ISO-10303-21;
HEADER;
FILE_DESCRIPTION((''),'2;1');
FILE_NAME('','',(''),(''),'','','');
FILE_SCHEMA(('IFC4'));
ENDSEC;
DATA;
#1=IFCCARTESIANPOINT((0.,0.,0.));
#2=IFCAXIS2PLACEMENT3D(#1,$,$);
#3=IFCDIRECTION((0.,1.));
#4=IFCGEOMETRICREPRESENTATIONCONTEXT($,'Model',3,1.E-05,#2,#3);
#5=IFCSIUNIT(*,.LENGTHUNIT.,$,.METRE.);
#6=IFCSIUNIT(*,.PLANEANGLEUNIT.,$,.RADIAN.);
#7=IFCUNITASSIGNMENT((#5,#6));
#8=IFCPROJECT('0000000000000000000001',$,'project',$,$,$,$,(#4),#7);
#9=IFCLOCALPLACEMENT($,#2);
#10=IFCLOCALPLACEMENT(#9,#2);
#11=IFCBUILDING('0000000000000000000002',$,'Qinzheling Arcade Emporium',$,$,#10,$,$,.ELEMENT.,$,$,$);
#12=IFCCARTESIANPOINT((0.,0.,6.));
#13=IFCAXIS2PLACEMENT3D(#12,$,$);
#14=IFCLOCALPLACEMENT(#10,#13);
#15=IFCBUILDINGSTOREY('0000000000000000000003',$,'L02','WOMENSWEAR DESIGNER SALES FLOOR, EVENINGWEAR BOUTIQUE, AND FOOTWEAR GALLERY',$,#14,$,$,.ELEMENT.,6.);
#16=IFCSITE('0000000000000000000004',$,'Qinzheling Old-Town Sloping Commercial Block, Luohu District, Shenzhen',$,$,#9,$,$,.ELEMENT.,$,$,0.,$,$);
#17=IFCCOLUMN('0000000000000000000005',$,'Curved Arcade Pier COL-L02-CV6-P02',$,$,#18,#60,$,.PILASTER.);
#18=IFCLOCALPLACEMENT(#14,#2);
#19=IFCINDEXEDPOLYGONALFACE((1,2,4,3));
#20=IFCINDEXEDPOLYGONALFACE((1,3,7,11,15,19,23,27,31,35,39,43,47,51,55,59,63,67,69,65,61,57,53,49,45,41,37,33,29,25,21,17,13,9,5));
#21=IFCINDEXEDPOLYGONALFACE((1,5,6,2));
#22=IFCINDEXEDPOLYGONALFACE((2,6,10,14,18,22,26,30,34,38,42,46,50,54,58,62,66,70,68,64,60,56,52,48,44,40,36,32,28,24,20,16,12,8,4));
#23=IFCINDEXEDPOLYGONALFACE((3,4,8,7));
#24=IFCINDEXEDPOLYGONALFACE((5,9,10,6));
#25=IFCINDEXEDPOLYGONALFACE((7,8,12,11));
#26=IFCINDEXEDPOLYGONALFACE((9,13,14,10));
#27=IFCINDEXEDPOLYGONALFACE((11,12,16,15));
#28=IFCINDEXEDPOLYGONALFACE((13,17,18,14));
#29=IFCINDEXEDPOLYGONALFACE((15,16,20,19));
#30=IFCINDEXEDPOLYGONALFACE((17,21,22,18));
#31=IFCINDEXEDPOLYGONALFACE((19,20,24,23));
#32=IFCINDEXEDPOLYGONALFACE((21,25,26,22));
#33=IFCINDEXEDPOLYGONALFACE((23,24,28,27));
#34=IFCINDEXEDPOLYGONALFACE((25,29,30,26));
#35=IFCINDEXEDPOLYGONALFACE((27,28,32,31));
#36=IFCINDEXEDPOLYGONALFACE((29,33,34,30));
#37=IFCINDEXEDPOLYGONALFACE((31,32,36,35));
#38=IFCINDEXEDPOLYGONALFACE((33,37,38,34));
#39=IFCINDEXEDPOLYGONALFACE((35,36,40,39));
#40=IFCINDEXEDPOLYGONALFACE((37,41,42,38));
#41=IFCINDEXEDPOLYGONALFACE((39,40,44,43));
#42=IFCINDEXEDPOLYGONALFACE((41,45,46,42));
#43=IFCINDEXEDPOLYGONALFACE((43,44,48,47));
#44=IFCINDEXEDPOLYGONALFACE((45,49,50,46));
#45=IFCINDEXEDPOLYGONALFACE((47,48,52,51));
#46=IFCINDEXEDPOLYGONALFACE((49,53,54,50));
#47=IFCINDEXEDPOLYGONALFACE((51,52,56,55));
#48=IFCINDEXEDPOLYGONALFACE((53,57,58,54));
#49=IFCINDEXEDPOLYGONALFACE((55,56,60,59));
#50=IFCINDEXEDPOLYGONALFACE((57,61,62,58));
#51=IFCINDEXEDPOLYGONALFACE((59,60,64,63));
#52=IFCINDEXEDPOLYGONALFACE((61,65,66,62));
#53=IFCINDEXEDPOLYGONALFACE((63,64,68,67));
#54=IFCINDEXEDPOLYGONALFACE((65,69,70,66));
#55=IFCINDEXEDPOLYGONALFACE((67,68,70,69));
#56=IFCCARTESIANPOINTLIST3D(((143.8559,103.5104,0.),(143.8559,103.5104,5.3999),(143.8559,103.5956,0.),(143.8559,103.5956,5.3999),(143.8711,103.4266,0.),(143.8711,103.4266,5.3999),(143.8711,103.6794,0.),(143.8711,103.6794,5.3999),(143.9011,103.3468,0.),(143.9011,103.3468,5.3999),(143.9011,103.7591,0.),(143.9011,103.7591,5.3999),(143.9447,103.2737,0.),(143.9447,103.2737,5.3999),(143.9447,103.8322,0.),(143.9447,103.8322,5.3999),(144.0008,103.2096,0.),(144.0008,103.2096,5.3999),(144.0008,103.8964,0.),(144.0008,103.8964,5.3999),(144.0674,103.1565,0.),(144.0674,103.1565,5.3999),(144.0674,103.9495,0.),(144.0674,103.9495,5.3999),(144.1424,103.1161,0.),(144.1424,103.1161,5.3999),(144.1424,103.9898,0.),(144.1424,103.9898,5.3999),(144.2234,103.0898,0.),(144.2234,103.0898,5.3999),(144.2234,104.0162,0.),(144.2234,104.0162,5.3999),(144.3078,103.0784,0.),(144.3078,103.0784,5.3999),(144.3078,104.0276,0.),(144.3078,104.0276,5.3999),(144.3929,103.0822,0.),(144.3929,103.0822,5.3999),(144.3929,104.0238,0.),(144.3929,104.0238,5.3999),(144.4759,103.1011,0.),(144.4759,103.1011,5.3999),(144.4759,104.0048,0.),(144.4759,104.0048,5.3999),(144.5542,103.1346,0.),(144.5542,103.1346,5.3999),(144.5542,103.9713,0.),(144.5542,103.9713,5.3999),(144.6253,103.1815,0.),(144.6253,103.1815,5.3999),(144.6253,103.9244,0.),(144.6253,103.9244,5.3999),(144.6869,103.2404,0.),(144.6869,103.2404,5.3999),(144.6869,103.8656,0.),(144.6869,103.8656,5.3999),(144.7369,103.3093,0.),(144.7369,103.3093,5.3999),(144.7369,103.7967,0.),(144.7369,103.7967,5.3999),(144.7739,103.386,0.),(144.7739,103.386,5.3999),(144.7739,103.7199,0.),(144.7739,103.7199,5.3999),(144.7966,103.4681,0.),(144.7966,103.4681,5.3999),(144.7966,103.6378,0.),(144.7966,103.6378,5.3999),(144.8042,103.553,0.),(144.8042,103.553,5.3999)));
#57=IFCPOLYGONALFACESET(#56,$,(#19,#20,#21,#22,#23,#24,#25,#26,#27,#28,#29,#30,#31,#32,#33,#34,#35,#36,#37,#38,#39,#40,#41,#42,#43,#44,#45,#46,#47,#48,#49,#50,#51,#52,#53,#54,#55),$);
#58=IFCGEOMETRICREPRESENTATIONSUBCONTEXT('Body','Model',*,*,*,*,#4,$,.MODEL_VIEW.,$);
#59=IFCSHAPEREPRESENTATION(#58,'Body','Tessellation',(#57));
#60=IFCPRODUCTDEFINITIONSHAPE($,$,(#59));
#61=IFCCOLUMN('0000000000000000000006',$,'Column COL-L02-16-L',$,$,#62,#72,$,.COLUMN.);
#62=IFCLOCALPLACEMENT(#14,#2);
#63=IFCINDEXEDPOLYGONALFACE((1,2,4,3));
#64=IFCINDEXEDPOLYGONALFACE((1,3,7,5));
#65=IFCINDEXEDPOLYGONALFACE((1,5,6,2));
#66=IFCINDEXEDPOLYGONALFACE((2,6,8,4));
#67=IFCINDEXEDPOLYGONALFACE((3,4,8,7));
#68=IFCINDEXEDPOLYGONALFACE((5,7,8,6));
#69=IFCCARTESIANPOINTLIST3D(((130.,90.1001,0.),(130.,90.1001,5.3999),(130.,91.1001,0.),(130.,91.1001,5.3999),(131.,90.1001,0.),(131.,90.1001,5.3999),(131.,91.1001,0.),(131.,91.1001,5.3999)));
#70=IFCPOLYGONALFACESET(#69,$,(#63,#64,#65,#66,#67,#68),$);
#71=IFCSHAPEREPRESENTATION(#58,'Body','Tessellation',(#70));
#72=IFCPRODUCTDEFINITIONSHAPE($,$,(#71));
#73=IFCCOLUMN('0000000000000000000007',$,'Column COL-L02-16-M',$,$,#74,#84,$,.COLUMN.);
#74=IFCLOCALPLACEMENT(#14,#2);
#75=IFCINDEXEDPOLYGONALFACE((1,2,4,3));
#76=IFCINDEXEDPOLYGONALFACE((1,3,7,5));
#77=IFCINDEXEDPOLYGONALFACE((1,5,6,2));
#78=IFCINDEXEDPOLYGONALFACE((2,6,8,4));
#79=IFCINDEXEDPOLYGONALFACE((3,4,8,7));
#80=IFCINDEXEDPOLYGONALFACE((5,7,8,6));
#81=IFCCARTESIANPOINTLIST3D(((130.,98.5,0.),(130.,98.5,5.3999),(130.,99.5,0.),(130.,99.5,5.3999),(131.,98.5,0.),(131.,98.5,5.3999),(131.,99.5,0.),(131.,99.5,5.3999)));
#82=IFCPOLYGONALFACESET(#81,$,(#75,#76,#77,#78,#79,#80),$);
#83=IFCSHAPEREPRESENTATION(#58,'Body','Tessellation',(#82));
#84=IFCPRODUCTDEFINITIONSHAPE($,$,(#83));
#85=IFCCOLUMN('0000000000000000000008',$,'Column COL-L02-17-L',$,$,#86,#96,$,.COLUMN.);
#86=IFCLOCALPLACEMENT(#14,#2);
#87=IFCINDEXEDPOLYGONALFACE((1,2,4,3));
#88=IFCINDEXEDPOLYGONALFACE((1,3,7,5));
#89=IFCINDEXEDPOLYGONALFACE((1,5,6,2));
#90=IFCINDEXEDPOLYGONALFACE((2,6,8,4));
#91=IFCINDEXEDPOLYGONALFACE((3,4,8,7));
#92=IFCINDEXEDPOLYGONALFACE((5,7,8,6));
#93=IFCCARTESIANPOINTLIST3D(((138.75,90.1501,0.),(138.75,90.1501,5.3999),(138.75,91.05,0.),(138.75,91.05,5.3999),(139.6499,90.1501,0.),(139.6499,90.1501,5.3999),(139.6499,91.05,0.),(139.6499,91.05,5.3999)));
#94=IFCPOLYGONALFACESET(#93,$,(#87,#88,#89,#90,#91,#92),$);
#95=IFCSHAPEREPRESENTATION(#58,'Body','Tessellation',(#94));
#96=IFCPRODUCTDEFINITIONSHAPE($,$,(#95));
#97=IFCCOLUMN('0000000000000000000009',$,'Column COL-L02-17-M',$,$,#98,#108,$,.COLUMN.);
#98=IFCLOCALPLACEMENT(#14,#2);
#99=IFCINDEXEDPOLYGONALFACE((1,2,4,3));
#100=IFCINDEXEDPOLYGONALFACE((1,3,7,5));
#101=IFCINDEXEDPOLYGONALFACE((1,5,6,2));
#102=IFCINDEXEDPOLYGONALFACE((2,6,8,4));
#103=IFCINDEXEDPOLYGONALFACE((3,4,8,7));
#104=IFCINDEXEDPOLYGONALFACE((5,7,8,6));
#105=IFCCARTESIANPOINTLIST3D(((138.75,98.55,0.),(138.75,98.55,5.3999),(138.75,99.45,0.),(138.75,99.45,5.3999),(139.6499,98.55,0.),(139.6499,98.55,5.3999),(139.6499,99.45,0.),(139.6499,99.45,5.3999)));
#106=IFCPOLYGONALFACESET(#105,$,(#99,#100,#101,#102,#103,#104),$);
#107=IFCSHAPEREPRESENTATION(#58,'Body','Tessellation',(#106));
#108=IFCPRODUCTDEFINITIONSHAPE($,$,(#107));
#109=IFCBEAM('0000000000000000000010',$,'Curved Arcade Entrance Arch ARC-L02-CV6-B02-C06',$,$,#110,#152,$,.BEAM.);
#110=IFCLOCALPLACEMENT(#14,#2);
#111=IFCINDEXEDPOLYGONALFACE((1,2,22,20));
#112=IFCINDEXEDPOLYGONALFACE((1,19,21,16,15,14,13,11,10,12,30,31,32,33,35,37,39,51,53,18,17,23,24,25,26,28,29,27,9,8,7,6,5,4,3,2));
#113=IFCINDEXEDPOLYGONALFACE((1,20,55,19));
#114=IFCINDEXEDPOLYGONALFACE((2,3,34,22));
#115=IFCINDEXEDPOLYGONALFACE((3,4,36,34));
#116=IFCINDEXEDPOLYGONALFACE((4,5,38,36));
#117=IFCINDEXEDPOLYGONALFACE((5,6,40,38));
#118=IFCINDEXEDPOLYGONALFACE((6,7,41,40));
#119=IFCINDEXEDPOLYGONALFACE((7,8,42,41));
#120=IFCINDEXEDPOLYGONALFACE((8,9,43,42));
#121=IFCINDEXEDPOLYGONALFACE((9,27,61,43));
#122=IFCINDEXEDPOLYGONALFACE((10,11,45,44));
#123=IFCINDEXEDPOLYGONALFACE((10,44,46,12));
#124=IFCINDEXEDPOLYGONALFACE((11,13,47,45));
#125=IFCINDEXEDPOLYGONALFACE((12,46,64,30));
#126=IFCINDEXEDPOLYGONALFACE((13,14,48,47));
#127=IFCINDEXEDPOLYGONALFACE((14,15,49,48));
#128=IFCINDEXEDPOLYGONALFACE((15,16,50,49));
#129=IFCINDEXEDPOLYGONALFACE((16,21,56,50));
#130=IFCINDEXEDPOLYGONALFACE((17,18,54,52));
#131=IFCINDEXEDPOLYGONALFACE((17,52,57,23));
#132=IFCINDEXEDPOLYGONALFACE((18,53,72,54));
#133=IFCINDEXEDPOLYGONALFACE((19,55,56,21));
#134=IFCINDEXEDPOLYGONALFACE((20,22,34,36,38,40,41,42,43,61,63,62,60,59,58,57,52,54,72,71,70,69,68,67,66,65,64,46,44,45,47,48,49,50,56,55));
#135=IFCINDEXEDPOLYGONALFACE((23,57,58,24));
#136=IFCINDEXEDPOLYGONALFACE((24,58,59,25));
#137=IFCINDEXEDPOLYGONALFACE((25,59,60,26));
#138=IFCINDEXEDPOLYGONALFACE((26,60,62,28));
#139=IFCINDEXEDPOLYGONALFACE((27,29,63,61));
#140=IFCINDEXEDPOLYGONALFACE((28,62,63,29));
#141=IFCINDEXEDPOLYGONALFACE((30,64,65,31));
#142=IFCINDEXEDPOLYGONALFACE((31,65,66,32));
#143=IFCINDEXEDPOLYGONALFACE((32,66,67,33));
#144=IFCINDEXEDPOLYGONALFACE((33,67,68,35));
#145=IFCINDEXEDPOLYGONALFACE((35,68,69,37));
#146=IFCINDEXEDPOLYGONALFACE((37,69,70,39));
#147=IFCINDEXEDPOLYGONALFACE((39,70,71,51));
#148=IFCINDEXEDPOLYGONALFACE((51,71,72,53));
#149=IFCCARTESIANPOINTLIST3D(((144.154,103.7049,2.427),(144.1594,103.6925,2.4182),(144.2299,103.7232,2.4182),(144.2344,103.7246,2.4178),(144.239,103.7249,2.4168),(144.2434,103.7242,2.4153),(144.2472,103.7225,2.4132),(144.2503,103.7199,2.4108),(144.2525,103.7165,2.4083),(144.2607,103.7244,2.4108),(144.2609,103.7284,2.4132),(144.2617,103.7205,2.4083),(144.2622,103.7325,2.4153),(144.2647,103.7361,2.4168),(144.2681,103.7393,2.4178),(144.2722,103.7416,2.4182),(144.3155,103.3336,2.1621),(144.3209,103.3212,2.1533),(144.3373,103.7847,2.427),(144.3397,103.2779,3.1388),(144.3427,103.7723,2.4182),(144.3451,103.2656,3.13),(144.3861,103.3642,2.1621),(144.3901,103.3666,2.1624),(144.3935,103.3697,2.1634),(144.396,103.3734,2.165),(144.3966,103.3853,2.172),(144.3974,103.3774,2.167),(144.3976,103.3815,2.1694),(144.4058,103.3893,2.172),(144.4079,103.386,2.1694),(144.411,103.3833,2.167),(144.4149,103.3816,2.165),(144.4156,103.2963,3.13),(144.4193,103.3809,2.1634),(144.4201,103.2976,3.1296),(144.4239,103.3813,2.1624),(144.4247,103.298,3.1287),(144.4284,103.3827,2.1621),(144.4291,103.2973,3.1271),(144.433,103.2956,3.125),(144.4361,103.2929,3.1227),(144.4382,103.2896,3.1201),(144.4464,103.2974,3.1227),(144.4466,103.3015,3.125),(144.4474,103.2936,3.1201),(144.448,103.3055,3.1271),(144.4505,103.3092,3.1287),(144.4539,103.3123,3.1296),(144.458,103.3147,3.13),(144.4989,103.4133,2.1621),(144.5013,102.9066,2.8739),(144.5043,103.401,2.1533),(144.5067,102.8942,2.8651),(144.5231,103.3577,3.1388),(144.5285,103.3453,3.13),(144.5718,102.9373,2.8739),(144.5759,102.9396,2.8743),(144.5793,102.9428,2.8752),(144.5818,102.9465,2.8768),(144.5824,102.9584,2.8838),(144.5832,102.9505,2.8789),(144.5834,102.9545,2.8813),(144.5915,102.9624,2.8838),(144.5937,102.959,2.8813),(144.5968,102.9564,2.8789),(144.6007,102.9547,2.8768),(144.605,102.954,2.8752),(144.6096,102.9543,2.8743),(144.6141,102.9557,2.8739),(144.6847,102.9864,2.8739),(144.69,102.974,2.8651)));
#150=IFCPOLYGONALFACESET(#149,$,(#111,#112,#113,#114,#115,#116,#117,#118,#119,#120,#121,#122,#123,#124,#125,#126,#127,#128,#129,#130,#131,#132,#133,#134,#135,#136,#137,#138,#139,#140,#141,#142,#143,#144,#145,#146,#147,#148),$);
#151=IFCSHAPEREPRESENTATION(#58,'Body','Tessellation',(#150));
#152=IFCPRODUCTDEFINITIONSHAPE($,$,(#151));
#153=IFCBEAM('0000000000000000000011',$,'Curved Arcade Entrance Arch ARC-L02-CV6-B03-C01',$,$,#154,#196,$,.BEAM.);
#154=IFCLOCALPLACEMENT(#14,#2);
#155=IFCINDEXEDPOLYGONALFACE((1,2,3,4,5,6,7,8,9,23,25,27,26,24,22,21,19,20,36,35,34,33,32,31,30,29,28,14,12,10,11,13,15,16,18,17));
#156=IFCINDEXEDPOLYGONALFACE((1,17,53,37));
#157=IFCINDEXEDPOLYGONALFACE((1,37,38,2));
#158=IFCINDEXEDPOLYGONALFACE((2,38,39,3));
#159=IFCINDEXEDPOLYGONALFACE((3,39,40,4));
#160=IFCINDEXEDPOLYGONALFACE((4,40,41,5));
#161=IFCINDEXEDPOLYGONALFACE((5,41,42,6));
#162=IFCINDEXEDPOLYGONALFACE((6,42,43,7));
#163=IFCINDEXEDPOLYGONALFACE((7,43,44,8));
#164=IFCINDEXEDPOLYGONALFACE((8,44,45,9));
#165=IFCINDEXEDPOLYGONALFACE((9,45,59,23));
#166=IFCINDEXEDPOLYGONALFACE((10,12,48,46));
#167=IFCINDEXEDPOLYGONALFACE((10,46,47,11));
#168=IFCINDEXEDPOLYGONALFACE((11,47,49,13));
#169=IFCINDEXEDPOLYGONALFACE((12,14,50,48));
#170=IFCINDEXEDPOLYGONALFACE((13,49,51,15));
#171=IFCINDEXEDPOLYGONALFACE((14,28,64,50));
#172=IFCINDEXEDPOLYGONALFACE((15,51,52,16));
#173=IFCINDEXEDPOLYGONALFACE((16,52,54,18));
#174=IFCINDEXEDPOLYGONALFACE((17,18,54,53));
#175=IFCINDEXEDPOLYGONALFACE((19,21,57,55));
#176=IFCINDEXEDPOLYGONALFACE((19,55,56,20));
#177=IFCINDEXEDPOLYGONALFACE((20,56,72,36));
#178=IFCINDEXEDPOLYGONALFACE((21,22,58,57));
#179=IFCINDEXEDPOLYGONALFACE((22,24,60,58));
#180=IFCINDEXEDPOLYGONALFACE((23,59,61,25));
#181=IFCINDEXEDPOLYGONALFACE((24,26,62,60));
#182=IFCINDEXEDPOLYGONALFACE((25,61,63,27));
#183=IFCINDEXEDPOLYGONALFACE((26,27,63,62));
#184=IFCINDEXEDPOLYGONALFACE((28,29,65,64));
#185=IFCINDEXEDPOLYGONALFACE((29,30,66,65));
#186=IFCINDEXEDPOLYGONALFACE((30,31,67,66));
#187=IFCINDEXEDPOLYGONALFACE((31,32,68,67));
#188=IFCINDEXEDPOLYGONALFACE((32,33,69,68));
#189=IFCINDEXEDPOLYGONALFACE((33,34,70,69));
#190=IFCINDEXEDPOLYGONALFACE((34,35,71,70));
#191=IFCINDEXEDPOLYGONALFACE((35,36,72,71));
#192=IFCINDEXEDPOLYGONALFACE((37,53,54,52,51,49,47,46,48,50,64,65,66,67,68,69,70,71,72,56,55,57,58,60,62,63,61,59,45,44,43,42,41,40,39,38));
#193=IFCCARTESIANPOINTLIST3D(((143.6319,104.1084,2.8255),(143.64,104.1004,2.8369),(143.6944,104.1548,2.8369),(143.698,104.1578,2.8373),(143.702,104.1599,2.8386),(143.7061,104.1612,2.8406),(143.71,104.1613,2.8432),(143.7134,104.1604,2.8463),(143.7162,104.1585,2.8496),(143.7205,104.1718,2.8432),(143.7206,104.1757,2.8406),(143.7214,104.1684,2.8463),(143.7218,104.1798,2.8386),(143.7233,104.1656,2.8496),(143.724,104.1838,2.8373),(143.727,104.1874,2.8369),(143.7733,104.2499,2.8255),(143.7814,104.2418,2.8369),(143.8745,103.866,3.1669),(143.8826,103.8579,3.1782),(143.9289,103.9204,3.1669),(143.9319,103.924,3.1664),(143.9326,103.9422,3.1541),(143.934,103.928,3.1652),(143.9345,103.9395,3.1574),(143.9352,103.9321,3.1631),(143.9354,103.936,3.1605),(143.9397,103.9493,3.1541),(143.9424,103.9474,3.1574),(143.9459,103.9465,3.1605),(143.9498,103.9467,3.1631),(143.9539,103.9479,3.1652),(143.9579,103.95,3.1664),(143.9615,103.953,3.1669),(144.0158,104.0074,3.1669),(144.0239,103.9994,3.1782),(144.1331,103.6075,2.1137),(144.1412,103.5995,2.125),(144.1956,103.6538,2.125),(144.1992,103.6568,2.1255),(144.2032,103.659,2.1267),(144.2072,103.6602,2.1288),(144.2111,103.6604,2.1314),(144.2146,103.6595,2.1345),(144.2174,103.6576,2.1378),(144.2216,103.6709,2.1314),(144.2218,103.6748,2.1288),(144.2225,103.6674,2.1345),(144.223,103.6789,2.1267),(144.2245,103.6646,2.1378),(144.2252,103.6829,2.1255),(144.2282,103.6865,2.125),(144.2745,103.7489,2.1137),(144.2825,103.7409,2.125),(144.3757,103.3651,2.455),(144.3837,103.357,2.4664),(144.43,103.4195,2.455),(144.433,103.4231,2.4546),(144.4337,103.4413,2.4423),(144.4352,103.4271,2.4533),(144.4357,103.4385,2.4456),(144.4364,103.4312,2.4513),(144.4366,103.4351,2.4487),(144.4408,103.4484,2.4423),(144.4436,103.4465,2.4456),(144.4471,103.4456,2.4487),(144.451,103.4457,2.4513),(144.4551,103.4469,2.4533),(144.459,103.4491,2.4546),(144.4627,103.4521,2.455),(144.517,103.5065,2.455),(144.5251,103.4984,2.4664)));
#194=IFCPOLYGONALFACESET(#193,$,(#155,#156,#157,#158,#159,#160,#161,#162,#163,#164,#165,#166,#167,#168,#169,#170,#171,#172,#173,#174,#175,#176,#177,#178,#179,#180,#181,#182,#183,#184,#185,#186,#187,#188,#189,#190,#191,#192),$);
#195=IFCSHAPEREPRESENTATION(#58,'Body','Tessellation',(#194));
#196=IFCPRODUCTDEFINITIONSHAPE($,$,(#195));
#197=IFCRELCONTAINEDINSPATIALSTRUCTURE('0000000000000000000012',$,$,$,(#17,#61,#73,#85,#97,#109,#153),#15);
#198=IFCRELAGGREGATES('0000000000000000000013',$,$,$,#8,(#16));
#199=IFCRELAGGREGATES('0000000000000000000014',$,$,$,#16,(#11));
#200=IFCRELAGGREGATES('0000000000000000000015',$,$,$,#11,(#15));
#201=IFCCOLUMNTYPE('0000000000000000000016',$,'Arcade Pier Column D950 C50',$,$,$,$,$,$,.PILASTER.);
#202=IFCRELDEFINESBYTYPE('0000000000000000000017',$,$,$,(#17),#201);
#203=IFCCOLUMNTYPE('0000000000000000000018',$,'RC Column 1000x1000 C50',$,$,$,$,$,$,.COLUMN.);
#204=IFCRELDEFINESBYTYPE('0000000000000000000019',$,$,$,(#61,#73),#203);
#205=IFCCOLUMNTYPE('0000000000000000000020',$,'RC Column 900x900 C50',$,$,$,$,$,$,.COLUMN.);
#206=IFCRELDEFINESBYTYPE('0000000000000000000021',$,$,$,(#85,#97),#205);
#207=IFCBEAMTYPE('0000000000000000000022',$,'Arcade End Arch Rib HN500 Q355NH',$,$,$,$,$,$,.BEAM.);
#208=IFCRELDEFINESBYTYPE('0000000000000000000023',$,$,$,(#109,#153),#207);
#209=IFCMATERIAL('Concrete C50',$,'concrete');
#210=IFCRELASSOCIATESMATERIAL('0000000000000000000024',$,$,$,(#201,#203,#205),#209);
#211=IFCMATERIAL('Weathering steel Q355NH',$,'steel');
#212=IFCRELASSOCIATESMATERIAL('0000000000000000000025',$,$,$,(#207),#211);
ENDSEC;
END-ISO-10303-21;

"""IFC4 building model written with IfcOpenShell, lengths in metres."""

from ifc_helpers import new_model, si_unit, direction, frame, origin, origin_2d, place, context, subcontext, project, spatial, rectangle, circle, i_section, extrude, material, material_profile, profile_set, type_object, element, save


model = new_model("IFC4")

# Units and contexts
model_context = context("Model", 3, precision=1e-05, world=origin(), true_north=direction((0.0, 1.0)))
body_context = subcontext(model_context, "Body", "Model", "MODEL_VIEW")
ifc_project = project(units=[si_unit("LENGTHUNIT", "METRE"), si_unit("PLANEANGLEUNIT", "RADIAN")], contexts=[model_context])

# Site, building, storey
site_placement = place(None, origin())
site = spatial("IfcSite", under=ifc_project, at=site_placement, Name="Qinzheling Old-Town Sloping Commercial Block, Luohu District, Shenzhen", CompositionType="ELEMENT", RefElevation=0.0)
building_placement = place(site_placement, origin())
building = spatial("IfcBuilding", under=site, at=building_placement, Name="Qinzheling Arcade Emporium", CompositionType="ELEMENT")
storey_placement = place(building_placement, frame((0.0, 0.0, 6.0)))
storey = spatial("IfcBuildingStorey", under=building, at=storey_placement, Name="L02", Description="WOMENSWEAR DESIGNER SALES FLOOR, EVENINGWEAR BOUTIQUE, AND FOOTWEAR GALLERY", CompositionType="ELEMENT", Elevation=6.0)

# Columns
ifc_material_1 = material(Name="Concrete C50", Category="concrete")
ifc_material_profile_1 = material_profile(ifc_material_1, circle(Radius=0.4751, at=origin_2d()), Name="RC D950", Category="concrete")
ifc_profile_set_1 = profile_set([ifc_material_profile_1], Name="Concrete C50")
column_type_1 = type_object("IfcColumnType", Name="Arcade Pier Column D950 C50", PredefinedType="PILASTER", material=ifc_profile_set_1)
column_placement = place(storey_placement, frame((144.3291, 103.553, 0.0), z_axis=(0.0, 0.0, 1.0), x_axis=(1.0, 0.0, 0.0)))
element("IfcColumn", 1, at=column_placement, inside=storey, type_object=column_type_1, Name="Curved Arcade Pier COL-L02-CV6-P02", PredefinedType="PILASTER", context=body_context, shape_type="SweptSolid", body=[
    extrude(circle(Radius=0.4751, at=origin_2d()), origin(), (0.0, 0.0, 1.0), 5.3999),
])
ifc_material_profile_2 = material_profile(ifc_material_1, rectangle(XDim=1.0, YDim=1.0, at=origin_2d()), Name="RC 1000x1000", Category="concrete")
ifc_profile_set_2 = profile_set([ifc_material_profile_2], Name="Concrete C50")
column_type_2 = type_object("IfcColumnType", Name="RC Column 1000x1000 C50", PredefinedType="COLUMN", material=ifc_profile_set_2)
for number, where, z_axis, x_axis, name in (
    (2, (130.5, 90.6001, 0.0), (0.0, 0.0, 1.0), (1.0, 0.0, 0.0), "Column COL-L02-16-L"),
    (3, (130.5, 99.0, 0.0), (0.0, 0.0, 1.0), (1.0, 0.0, 0.0), "Column COL-L02-16-M"),
):
    element("IfcColumn", number, at=place(storey_placement, frame(where, z_axis=z_axis, x_axis=x_axis)), inside=storey, type_object=column_type_2, Name=name, PredefinedType="COLUMN", context=body_context, shape_type="SweptSolid", body=[
        extrude(rectangle(XDim=1.0, YDim=1.0, at=origin_2d()), origin(), (0.0, 0.0, 1.0), 5.3999),
    ])
ifc_material_profile_3 = material_profile(ifc_material_1, rectangle(XDim=0.8999, YDim=0.8999, at=origin_2d()), Name="RC 900x900", Category="concrete")
ifc_profile_set_3 = profile_set([ifc_material_profile_3], Name="Concrete C50")
column_type_3 = type_object("IfcColumnType", Name="RC Column 900x900 C50", PredefinedType="COLUMN", material=ifc_profile_set_3)
for number, where, z_axis, x_axis, name in (
    (4, (139.2, 90.6001, 0.0), (0.0, 0.0, 1.0), (1.0, 0.0, 0.0), "Column COL-L02-17-L"),
    (5, (139.2, 99.0, 0.0), (0.0, 0.0, 1.0), (1.0, 0.0, 0.0), "Column COL-L02-17-M"),
):
    element("IfcColumn", number, at=place(storey_placement, frame(where, z_axis=z_axis, x_axis=x_axis)), inside=storey, type_object=column_type_3, Name=name, PredefinedType="COLUMN", context=body_context, shape_type="SweptSolid", body=[
        extrude(rectangle(XDim=0.8999, YDim=0.8999, at=origin_2d()), origin(), (0.0, 0.0, 1.0), 5.3999),
    ])

# Beams
ifc_material_2 = material(Name="Weathering steel Q355NH", Category="steel")
ifc_material_profile_4 = material_profile(ifc_material_2, i_section(OverallWidth=0.2, OverallDepth=0.5, WebThickness=0.01, FlangeThickness=0.0161, FilletRadius=0.0181, at=origin_2d()), Name="HN 500x200x10x16", Category="steel")
ifc_profile_set_4 = profile_set([ifc_material_profile_4], Name="Weathering steel Q355NH")
beam_type_1 = type_object("IfcBeamType", Name="Arcade End Arch Rib HN500 Q355NH", PredefinedType="BEAM", material=ifc_profile_set_4)
beam_1_placement = place(storey_placement, frame((144.5149, 103.126, 3.002), z_axis=(-0.218401, 0.501949, -0.836868), x_axis=(-0.916962, -0.398975, 0.0)))
element("IfcBeam", 6, at=beam_1_placement, inside=storey, type_object=beam_type_1, Name="Curved Arcade Entrance Arch ARC-L02-CV6-B02-C06", PredefinedType="BEAM", context=body_context, shape_type="SweptSolid", body=[
    extrude(i_section(OverallWidth=0.2, OverallDepth=0.5, WebThickness=0.01, FlangeThickness=0.0161, FilletRadius=0.0181, at=origin_2d()), origin(), (0.0, 0.0, 1.0), 0.8506),
])
beam_2_placement = place(storey_placement, frame((144.3291, 103.553, 2.29), z_axis=(-0.498975, 0.498732, 0.708724), x_axis=(-0.706935, -0.707279, 0.0)))
element("IfcBeam", 7, at=beam_2_placement, inside=storey, type_object=beam_type_1, Name="Curved Arcade Entrance Arch ARC-L02-CV6-B03-C01", PredefinedType="BEAM", context=body_context, shape_type="SweptSolid", body=[
    extrude(i_section(OverallWidth=0.2, OverallDepth=0.5, WebThickness=0.01, FlangeThickness=0.0161, FilletRadius=0.0181, at=origin_2d()), origin(), (0.0, 0.0, 1.0), 1.0044),
])

save(model, "model.ifc")
